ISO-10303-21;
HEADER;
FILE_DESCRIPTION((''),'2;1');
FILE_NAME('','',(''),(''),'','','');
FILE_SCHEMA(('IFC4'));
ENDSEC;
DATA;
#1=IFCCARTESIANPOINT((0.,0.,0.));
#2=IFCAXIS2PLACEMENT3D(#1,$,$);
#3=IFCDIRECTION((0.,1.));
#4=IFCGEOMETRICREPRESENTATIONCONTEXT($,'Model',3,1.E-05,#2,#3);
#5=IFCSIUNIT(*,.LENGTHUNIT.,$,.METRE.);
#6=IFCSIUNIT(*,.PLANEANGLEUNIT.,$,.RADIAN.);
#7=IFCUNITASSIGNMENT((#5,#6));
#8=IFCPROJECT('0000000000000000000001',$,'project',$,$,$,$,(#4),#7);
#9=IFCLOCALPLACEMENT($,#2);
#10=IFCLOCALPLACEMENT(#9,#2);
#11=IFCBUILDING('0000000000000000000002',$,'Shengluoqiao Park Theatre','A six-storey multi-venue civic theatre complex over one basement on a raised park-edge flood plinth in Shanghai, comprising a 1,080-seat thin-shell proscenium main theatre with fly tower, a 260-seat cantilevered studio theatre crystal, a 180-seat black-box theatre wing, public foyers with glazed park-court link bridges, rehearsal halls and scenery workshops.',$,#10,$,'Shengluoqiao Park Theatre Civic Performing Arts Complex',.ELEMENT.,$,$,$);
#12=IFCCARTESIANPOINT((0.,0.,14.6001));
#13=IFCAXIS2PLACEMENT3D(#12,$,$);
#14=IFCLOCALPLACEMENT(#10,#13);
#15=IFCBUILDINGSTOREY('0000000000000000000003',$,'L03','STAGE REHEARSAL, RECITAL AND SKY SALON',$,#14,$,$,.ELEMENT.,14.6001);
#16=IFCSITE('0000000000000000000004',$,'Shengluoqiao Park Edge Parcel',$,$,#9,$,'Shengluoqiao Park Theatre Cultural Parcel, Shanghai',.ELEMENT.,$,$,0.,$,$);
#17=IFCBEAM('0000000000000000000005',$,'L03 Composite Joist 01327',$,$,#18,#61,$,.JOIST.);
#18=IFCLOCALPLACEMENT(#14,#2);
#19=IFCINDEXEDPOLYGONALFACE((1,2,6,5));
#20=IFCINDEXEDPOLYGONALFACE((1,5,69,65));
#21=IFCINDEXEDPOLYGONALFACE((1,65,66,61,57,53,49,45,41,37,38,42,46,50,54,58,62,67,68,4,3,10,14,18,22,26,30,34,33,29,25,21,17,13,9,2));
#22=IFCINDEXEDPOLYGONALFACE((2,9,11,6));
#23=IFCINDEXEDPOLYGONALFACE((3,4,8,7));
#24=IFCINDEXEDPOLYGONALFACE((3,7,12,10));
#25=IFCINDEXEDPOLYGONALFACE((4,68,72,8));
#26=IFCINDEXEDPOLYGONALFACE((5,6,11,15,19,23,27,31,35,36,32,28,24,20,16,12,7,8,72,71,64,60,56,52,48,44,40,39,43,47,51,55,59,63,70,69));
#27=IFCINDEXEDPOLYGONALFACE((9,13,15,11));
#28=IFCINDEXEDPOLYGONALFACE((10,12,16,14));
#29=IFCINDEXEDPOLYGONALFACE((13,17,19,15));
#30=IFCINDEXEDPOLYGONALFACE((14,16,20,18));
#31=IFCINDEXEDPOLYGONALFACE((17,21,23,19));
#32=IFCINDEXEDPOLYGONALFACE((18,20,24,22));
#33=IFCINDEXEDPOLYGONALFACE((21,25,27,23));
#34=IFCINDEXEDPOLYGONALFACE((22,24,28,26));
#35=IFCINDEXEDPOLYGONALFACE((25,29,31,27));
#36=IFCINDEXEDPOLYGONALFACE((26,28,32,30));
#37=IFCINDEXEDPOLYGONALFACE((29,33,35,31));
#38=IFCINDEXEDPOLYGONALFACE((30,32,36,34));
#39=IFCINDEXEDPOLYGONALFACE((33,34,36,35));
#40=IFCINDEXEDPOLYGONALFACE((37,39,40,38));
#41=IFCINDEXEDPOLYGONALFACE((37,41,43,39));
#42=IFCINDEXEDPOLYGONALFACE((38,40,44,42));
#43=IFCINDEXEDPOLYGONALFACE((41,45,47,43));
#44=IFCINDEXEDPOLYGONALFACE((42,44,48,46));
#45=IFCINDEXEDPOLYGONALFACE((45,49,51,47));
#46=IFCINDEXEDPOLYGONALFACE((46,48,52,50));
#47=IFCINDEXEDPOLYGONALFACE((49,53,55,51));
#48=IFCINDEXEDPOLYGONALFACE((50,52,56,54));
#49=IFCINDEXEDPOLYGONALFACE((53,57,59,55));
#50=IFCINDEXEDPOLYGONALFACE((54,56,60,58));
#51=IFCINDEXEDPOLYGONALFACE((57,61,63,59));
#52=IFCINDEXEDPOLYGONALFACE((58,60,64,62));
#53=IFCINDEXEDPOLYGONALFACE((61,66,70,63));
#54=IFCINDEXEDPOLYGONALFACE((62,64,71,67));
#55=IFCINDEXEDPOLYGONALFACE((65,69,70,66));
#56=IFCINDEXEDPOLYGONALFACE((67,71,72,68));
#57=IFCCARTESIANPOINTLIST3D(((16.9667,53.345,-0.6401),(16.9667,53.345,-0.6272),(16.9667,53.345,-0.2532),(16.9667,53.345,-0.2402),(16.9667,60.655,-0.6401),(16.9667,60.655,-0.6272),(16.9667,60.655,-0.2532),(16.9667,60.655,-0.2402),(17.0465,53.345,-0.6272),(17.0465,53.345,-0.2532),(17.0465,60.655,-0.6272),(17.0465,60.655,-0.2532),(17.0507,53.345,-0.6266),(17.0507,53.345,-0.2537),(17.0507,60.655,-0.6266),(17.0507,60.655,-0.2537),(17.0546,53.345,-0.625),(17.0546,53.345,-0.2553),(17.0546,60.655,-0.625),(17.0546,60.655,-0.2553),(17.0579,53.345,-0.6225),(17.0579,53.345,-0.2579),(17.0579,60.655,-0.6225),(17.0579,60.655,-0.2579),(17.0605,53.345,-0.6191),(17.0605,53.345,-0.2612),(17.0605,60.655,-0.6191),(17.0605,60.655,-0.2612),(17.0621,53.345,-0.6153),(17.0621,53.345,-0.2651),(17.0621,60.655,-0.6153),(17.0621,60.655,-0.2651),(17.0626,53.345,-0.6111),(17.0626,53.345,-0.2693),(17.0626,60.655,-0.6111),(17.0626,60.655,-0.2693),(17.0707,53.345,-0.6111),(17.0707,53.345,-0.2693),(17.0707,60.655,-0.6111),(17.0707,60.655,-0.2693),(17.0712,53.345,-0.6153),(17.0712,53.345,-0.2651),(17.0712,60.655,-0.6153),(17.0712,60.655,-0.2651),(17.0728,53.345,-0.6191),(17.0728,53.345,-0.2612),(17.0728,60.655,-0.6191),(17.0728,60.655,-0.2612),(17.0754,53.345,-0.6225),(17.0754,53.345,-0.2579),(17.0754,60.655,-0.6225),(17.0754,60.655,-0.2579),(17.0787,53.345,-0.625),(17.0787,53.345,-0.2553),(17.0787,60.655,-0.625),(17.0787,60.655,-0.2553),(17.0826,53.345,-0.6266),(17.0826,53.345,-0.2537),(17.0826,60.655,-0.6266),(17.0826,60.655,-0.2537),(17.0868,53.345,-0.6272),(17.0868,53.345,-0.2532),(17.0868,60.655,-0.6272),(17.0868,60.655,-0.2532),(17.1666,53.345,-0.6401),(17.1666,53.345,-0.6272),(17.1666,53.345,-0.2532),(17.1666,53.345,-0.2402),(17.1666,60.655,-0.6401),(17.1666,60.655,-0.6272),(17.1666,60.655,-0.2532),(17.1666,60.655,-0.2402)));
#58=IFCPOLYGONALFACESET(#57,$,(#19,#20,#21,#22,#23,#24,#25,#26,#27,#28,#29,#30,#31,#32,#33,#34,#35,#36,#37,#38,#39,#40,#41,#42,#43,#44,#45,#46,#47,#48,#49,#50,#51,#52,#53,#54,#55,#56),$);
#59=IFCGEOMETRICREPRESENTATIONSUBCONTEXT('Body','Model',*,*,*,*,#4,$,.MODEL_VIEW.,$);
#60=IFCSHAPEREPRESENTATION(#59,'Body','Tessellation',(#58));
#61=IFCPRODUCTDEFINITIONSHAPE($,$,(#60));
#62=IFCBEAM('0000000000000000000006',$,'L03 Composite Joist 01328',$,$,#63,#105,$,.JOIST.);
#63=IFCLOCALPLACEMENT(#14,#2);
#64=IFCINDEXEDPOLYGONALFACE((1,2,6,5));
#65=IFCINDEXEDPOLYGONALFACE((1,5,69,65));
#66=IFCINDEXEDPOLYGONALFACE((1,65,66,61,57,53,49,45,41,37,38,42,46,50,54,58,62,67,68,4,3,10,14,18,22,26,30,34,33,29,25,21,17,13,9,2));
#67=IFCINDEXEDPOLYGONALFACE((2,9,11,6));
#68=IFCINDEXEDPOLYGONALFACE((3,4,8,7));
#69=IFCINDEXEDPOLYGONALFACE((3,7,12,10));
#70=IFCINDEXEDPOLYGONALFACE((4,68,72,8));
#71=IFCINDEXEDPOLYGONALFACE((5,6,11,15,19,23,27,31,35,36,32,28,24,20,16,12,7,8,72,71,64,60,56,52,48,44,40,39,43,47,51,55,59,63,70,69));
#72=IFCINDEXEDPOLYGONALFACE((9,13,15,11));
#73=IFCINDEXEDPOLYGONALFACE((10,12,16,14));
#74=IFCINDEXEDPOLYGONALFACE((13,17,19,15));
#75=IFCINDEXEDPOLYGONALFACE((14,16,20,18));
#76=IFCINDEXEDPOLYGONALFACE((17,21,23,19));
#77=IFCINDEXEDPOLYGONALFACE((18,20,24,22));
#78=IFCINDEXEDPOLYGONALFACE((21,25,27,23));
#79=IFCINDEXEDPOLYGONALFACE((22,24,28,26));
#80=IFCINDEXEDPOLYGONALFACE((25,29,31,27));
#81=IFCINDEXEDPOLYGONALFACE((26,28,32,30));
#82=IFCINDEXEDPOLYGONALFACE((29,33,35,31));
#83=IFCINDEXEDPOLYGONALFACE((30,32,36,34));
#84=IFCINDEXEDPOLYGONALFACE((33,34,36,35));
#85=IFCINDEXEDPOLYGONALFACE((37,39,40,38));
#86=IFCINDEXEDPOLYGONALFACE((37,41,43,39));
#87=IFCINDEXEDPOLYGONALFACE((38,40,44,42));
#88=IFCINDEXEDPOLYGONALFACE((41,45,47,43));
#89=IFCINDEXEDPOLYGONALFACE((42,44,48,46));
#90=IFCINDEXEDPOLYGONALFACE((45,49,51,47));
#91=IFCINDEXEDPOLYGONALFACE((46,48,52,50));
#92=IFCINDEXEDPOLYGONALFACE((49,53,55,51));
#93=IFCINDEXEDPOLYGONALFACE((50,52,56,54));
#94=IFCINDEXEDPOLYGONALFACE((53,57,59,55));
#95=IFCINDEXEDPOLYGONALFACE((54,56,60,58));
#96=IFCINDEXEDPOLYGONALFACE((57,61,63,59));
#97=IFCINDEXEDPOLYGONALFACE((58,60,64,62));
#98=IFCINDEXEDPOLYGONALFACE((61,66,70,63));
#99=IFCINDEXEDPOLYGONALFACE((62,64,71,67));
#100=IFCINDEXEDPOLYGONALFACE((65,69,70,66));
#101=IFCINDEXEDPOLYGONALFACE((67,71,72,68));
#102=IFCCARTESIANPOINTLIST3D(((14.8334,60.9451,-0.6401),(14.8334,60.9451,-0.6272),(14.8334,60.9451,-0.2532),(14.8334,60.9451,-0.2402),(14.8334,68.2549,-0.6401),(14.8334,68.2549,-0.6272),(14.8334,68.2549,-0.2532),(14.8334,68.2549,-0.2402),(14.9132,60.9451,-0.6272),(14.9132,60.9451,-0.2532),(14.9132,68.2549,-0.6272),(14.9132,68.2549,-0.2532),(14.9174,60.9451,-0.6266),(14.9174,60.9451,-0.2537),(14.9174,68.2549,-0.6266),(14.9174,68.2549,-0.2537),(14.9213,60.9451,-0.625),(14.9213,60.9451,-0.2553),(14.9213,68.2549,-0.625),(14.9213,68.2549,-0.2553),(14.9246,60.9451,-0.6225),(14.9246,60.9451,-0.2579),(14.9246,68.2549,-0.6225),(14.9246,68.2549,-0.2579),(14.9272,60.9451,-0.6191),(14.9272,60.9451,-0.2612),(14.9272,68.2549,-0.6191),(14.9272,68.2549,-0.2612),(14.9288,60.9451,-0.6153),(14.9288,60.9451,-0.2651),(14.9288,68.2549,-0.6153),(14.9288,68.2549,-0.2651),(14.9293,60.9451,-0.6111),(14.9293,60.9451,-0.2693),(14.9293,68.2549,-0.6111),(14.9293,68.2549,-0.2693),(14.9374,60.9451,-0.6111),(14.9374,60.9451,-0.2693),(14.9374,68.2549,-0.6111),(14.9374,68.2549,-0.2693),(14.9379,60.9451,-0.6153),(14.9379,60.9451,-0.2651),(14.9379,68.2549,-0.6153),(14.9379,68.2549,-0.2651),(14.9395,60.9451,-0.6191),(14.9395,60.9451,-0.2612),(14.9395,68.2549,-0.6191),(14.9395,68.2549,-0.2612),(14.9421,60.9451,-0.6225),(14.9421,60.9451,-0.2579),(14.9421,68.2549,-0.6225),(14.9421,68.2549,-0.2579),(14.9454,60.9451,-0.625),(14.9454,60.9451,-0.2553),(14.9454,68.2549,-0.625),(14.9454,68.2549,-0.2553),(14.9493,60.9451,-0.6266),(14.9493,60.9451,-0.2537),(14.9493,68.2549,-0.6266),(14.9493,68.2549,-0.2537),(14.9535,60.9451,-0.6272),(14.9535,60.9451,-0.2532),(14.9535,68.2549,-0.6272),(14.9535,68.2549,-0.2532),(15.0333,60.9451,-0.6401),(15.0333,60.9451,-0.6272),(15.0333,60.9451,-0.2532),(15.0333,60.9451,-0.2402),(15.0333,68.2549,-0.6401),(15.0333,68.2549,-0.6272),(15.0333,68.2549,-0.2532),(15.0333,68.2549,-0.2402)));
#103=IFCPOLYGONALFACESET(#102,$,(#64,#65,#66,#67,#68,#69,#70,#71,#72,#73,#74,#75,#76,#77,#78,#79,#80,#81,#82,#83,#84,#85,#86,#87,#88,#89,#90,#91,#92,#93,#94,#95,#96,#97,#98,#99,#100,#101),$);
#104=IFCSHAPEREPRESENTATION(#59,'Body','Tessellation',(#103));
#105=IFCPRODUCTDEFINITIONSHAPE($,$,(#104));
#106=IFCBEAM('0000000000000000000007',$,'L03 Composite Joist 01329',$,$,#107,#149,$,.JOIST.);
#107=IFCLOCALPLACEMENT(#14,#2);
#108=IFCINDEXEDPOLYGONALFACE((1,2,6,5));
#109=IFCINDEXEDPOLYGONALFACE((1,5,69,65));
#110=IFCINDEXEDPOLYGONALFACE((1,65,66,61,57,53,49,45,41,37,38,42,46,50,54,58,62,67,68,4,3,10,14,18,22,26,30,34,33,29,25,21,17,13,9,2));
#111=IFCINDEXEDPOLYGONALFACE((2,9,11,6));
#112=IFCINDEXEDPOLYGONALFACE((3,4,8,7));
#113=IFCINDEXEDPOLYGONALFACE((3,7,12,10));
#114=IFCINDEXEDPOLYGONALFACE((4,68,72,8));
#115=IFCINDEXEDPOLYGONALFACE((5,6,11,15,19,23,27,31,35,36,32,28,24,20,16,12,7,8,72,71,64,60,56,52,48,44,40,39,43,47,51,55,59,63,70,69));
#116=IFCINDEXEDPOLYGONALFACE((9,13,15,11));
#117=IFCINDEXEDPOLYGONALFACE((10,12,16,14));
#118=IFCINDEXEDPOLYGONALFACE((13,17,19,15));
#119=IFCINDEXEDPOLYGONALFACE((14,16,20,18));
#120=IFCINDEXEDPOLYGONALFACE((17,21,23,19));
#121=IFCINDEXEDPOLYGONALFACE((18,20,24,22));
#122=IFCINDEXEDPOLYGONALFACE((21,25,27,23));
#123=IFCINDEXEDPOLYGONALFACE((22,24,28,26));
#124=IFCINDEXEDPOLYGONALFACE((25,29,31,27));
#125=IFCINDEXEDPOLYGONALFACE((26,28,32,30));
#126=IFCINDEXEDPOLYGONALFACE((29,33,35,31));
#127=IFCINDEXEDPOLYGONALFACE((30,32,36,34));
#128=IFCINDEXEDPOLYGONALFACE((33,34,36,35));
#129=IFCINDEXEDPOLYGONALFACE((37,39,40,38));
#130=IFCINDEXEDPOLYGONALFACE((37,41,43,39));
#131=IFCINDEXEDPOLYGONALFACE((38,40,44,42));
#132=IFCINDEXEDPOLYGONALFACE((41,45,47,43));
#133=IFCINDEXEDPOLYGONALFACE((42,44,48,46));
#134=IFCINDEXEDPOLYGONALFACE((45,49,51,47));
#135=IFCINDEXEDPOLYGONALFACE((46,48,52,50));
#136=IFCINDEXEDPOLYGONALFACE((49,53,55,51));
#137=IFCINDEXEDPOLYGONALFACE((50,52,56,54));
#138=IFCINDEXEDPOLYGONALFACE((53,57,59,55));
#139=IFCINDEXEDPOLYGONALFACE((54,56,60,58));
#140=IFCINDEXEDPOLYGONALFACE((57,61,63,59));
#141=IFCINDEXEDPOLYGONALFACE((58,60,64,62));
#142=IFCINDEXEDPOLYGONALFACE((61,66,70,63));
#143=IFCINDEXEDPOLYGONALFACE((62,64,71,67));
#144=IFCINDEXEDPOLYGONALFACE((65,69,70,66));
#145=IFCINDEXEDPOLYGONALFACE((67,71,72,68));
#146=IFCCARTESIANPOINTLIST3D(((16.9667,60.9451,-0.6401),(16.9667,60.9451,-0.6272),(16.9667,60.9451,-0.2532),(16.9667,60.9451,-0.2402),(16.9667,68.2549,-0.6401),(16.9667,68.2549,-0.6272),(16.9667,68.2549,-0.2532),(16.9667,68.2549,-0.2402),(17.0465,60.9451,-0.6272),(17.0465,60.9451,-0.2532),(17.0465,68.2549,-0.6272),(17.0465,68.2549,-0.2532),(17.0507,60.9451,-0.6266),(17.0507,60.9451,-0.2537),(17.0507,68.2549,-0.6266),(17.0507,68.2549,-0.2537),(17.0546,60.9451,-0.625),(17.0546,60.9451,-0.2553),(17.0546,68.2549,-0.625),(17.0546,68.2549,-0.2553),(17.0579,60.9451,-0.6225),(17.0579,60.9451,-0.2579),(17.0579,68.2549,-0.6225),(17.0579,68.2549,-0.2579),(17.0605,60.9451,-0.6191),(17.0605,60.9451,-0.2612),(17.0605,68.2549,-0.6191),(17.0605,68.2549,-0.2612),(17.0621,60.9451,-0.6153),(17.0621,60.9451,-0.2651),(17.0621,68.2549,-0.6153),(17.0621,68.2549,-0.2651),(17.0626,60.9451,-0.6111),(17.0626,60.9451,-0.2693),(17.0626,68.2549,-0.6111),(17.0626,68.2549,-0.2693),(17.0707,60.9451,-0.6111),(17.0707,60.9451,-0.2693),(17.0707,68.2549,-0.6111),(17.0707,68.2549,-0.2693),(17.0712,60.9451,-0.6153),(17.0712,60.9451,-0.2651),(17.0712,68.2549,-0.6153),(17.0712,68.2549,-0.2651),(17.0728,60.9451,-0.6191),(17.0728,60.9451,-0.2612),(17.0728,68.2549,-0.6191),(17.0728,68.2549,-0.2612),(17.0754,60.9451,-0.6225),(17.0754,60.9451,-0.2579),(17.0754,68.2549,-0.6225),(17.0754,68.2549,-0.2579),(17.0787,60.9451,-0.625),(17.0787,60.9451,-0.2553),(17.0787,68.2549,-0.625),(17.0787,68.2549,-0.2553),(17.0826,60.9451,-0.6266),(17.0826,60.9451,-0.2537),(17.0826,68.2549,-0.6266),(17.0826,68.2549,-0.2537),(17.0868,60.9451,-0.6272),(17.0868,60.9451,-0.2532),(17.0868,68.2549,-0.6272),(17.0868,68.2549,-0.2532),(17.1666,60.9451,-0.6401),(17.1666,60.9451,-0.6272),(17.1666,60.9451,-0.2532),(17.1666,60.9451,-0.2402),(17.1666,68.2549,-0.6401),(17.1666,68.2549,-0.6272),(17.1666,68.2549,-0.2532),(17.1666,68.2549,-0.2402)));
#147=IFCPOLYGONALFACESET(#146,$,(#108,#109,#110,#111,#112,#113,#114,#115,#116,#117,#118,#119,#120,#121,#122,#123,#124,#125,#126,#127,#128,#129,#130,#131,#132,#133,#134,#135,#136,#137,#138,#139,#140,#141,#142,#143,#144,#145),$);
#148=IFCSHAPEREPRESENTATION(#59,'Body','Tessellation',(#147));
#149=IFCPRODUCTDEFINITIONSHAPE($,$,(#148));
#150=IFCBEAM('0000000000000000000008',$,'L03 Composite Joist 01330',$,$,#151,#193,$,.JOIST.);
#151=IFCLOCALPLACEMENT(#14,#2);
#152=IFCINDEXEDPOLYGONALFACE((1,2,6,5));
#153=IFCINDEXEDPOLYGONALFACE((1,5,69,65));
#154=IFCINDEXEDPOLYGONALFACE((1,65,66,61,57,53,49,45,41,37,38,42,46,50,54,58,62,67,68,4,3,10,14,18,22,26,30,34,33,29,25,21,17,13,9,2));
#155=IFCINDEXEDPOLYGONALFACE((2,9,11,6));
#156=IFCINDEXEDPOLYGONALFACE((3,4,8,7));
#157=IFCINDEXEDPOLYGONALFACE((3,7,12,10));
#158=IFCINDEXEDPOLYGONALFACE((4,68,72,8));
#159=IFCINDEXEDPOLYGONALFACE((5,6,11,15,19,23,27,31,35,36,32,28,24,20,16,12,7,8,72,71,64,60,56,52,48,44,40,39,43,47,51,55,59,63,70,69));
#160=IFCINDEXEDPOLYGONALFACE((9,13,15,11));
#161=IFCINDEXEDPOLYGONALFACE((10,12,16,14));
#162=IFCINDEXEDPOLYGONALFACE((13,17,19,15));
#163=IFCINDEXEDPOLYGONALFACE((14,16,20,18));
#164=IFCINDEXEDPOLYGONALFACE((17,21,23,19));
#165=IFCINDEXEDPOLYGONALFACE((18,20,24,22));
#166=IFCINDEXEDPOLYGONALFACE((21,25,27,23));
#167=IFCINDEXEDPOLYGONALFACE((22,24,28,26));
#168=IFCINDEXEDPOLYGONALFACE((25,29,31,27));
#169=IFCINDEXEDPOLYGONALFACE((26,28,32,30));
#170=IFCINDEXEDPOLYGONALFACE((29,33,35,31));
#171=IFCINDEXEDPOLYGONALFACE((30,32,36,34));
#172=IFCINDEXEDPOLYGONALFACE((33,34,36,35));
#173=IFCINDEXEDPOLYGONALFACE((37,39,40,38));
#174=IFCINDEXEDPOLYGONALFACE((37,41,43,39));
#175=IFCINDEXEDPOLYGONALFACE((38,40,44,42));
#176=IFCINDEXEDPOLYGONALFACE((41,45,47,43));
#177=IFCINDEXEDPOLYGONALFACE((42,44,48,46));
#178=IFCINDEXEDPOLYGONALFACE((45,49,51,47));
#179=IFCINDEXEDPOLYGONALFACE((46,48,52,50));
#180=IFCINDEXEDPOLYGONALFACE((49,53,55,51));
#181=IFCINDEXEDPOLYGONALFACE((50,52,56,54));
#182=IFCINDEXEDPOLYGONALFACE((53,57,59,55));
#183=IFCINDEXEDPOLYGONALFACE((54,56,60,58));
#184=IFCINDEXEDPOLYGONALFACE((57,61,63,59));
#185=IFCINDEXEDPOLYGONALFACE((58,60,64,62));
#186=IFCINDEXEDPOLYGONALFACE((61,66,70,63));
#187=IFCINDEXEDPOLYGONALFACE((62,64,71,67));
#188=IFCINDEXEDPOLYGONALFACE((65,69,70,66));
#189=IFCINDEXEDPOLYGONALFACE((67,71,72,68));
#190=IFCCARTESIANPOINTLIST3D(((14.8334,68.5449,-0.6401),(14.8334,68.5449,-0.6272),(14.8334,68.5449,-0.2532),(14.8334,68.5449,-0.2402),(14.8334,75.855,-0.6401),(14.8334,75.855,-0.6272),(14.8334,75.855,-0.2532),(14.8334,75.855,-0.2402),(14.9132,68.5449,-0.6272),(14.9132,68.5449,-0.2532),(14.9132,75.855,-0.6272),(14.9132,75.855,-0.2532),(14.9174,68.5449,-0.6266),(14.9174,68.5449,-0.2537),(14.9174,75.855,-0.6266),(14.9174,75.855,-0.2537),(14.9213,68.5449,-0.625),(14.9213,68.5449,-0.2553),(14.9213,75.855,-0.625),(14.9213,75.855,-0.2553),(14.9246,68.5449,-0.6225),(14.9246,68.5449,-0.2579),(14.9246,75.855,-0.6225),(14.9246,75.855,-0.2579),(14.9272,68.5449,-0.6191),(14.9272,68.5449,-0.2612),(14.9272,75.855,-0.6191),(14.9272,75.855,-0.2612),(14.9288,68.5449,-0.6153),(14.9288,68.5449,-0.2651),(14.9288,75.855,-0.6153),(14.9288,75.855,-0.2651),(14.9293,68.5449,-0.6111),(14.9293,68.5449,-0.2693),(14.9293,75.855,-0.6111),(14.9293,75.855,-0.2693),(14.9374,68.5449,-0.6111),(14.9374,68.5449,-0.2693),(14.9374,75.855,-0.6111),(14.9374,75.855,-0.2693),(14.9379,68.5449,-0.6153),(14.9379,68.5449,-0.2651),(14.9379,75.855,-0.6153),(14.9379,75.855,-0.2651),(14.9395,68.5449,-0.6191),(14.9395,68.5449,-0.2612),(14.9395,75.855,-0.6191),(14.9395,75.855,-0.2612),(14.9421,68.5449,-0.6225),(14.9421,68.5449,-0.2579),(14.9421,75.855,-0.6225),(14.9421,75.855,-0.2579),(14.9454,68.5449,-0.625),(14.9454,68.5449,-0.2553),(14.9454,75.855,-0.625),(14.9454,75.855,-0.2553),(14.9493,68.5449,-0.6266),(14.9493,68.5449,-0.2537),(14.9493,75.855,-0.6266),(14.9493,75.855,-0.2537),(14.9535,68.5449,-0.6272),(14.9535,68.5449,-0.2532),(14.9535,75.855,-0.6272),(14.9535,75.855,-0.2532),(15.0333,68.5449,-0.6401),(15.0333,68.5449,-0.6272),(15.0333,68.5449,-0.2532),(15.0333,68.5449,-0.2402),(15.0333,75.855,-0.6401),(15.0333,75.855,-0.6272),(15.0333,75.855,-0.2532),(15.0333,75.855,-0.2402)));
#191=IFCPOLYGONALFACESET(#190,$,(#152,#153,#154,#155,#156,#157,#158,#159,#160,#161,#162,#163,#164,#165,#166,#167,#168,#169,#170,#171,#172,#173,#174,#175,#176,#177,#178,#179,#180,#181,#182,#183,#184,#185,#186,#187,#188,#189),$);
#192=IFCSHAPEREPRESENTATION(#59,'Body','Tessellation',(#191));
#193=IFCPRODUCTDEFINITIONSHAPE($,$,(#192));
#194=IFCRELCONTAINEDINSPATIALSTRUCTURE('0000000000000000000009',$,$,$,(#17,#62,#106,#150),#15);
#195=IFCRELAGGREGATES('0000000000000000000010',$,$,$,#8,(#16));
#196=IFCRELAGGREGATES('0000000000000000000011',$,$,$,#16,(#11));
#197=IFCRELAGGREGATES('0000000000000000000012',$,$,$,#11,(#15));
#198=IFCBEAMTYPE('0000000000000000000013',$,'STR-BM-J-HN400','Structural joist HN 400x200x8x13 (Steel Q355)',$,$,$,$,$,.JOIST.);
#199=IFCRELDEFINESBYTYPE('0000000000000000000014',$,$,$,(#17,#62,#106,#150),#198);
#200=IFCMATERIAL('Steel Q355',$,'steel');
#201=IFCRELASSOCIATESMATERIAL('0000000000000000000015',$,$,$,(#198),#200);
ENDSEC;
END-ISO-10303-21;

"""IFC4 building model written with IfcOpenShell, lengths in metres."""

from ifc_helpers import new_model, si_unit, direction, frame, origin, origin_2d, place, context, subcontext, project, spatial, i_section, extrude, material, material_profile, profile_set, type_object, element, save


model = new_model("IFC4")

# Units and contexts
model_context = context("Model", 3, precision=1e-05, world=origin(), true_north=direction((0.0, 1.0)))
body_context = subcontext(model_context, "Body", "Model", "MODEL_VIEW")
ifc_project = project(units=[si_unit("LENGTHUNIT", "METRE"), si_unit("PLANEANGLEUNIT", "RADIAN")], contexts=[model_context])

# Site, building, storey
site_placement = place(None, origin())
site = spatial("IfcSite", under=ifc_project, at=site_placement, Name="Shengluoqiao Park Edge Parcel", LongName="Shengluoqiao Park Theatre Cultural Parcel, Shanghai", CompositionType="ELEMENT", RefElevation=0.0)
building_placement = place(site_placement, origin())
building = spatial("IfcBuilding", under=site, at=building_placement, Name="Shengluoqiao Park Theatre", Description="A six-storey multi-venue civic theatre complex over one basement on a raised park-edge flood plinth in Shanghai, comprising a 1,080-seat thin-shell proscenium main theatre with fly tower, a 260-seat cantilevered studio theatre crystal, a 180-seat black-box theatre wing, public foyers with glazed park-court link bridges, rehearsal halls and scenery workshops.", LongName="Shengluoqiao Park Theatre Civic Performing Arts Complex", CompositionType="ELEMENT")
storey_placement = place(building_placement, frame((0.0, 0.0, 14.6001)))
storey = spatial("IfcBuildingStorey", under=building, at=storey_placement, Name="L03", Description="STAGE REHEARSAL, RECITAL AND SKY SALON", CompositionType="ELEMENT", Elevation=14.6001)

# Beams
ifc_material_1 = material(Name="Steel Q355", Category="steel")
ifc_material_profile_1 = material_profile(ifc_material_1, i_section(OverallWidth=0.2, OverallDepth=0.3999, WebThickness=0.0081, FlangeThickness=0.0129, FilletRadius=0.0161, at=origin_2d()), Name="HN 400x200x8x13")
ifc_profile_set_1 = profile_set([ifc_material_profile_1], Name="Steel Q355")
beam_type_1 = type_object("IfcBeamType", Name="STR-BM-J-HN400", Description="Structural joist HN 400x200x8x13 (Steel Q355)", PredefinedType="JOIST", material=ifc_profile_set_1)
for number, where, z_axis, x_axis, name in (
    (1, (17.0667, 53.345, -0.4402), (0.0, 1.0, 0.0), (-1.0, 0.0, 0.0), "L03 Composite Joist 01327"),
):
    element("IfcBeam", number, at=place(storey_placement, frame(where, z_axis=z_axis, x_axis=x_axis)), inside=storey, type_object=beam_type_1, Name=name, PredefinedType="JOIST", context=body_context, shape_type="SweptSolid", body=[
        extrude(i_section(OverallWidth=0.2, OverallDepth=0.3999, WebThickness=0.0081, FlangeThickness=0.0129, FilletRadius=0.0161, at=origin_2d()), origin(), (0.0, 0.0, 1.0), 7.3101),
    ])
for number, where, z_axis, x_axis, name in (
    (2, (14.9333, 60.9451, -0.4402), (0.0, 1.0, 0.0), (-1.0, 0.0, 0.0), "L03 Composite Joist 01328"),
    (3, (17.0667, 60.9451, -0.4402), (0.0, 1.0, 0.0), (-1.0, 0.0, 0.0), "L03 Composite Joist 01329"),
):
    element("IfcBeam", number, at=place(storey_placement, frame(where, z_axis=z_axis, x_axis=x_axis)), inside=storey, type_object=beam_type_1, Name=name, PredefinedType="JOIST", context=body_context, shape_type="SweptSolid", body=[
        extrude(i_section(OverallWidth=0.2, OverallDepth=0.3999, WebThickness=0.0081, FlangeThickness=0.0129, FilletRadius=0.0161, at=origin_2d()), origin(), (0.0, 0.0, 1.0), 7.3098),
    ])
for number, where, z_axis, x_axis, name in (
    (4, (14.9333, 68.5449, -0.4402), (0.0, 1.0, 0.0), (-1.0, 0.0, 0.0), "L03 Composite Joist 01330"),
):
    element("IfcBeam", number, at=place(storey_placement, frame(where, z_axis=z_axis, x_axis=x_axis)), inside=storey, type_object=beam_type_1, Name=name, PredefinedType="JOIST", context=body_context, shape_type="SweptSolid", body=[
        extrude(i_section(OverallWidth=0.2, OverallDepth=0.3999, WebThickness=0.0081, FlangeThickness=0.0129, FilletRadius=0.0161, at=origin_2d()), origin(), (0.0, 0.0, 1.0), 7.3101),
    ])

save(model, "model.ifc")
